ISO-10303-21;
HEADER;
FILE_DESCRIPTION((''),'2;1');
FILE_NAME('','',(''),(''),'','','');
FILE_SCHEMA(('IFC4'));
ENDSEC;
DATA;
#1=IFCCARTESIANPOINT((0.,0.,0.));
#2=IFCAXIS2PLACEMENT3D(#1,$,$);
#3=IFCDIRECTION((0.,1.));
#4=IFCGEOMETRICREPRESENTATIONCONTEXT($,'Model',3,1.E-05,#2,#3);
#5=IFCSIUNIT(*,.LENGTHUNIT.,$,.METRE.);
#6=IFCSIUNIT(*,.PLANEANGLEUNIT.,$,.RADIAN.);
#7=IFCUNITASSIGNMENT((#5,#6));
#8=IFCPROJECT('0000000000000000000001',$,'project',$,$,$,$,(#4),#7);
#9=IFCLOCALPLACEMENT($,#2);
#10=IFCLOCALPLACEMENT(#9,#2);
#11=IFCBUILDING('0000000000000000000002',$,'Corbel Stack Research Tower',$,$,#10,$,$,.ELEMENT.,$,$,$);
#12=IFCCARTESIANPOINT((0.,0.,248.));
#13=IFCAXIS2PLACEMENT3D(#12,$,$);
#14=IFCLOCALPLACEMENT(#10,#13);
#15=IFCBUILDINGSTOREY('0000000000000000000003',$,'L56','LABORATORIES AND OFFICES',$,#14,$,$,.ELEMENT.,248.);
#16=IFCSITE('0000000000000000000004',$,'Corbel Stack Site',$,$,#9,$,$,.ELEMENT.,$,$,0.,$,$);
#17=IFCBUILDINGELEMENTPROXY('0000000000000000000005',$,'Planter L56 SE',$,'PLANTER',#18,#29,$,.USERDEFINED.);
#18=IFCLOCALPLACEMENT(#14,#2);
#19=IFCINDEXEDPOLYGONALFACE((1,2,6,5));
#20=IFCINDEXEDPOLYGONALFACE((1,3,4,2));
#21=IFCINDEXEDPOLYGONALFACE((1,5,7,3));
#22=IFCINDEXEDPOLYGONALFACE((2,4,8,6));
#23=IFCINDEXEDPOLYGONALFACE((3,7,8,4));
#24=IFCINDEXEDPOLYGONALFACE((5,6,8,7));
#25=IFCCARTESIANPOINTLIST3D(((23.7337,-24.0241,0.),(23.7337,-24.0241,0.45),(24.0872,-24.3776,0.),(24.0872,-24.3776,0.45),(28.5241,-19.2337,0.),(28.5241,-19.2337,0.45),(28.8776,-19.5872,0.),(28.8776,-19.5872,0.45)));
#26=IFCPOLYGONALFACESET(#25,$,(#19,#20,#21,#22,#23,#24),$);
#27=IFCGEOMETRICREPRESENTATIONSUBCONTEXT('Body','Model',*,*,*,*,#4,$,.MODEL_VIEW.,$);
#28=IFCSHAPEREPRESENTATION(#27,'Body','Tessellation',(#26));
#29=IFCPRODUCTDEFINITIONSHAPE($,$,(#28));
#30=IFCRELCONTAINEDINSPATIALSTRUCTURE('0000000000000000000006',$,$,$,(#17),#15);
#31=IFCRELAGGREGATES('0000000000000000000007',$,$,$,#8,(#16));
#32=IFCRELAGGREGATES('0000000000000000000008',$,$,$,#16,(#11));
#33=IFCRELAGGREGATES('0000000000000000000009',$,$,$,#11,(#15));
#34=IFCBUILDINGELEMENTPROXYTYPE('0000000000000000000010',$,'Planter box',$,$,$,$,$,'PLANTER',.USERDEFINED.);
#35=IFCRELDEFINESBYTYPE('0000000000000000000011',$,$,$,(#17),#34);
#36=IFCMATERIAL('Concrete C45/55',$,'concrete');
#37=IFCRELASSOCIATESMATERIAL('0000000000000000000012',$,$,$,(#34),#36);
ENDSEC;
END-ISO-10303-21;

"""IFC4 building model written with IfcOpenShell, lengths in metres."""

from ifc_helpers import new_model, si_unit, direction, frame, origin, origin_2d, place, context, subcontext, project, spatial, rectangle, extrude, material, type_object, element, save


model = new_model("IFC4")

# Units and contexts
model_context = context("Model", 3, precision=1e-05, world=origin(), true_north=direction((0.0, 1.0)))
body_context = subcontext(model_context, "Body", "Model", "MODEL_VIEW")
ifc_project = project(units=[si_unit("LENGTHUNIT", "METRE"), si_unit("PLANEANGLEUNIT", "RADIAN")], contexts=[model_context])

# Site, building, storey
site_placement = place(None, origin())
site = spatial("IfcSite", under=ifc_project, at=site_placement, Name="Corbel Stack Site", CompositionType="ELEMENT", RefElevation=0.0)
building_placement = place(site_placement, origin())
building = spatial("IfcBuilding", under=site, at=building_placement, Name="Corbel Stack Research Tower", CompositionType="ELEMENT")
storey_placement = place(building_placement, frame((0.0, 0.0, 248.0)))
storey = spatial("IfcBuildingStorey", under=building, at=storey_placement, Name="L56", Description="LABORATORIES AND OFFICES", CompositionType="ELEMENT", Elevation=248.0)

# Building element proxy
ifc_material_1 = material(Name="Concrete C45/55", Category="concrete")
building_element_proxy_type = type_object("IfcBuildingElementProxyType", Name="Planter box", ElementType="PLANTER", PredefinedType="USERDEFINED", material=ifc_material_1)
proxy_placement = place(storey_placement, frame((26.3057, -21.8057, 0.0), z_axis=(0.0, 0.0, 1.0), x_axis=(0.707107, 0.707107, 0.0)))
element("IfcBuildingElementProxy", 1, at=proxy_placement, inside=storey, type_object=building_element_proxy_type, Name="Planter L56 SE", ObjectType="PLANTER", PredefinedType="USERDEFINED", context=body_context, shape_type="SweptSolid", body=[
    extrude(rectangle(XDim=6.7747, YDim=0.5, at=origin_2d()), origin(), (0.0, 0.0, 1.0), 0.45),
])

save(model, "model.ifc")
